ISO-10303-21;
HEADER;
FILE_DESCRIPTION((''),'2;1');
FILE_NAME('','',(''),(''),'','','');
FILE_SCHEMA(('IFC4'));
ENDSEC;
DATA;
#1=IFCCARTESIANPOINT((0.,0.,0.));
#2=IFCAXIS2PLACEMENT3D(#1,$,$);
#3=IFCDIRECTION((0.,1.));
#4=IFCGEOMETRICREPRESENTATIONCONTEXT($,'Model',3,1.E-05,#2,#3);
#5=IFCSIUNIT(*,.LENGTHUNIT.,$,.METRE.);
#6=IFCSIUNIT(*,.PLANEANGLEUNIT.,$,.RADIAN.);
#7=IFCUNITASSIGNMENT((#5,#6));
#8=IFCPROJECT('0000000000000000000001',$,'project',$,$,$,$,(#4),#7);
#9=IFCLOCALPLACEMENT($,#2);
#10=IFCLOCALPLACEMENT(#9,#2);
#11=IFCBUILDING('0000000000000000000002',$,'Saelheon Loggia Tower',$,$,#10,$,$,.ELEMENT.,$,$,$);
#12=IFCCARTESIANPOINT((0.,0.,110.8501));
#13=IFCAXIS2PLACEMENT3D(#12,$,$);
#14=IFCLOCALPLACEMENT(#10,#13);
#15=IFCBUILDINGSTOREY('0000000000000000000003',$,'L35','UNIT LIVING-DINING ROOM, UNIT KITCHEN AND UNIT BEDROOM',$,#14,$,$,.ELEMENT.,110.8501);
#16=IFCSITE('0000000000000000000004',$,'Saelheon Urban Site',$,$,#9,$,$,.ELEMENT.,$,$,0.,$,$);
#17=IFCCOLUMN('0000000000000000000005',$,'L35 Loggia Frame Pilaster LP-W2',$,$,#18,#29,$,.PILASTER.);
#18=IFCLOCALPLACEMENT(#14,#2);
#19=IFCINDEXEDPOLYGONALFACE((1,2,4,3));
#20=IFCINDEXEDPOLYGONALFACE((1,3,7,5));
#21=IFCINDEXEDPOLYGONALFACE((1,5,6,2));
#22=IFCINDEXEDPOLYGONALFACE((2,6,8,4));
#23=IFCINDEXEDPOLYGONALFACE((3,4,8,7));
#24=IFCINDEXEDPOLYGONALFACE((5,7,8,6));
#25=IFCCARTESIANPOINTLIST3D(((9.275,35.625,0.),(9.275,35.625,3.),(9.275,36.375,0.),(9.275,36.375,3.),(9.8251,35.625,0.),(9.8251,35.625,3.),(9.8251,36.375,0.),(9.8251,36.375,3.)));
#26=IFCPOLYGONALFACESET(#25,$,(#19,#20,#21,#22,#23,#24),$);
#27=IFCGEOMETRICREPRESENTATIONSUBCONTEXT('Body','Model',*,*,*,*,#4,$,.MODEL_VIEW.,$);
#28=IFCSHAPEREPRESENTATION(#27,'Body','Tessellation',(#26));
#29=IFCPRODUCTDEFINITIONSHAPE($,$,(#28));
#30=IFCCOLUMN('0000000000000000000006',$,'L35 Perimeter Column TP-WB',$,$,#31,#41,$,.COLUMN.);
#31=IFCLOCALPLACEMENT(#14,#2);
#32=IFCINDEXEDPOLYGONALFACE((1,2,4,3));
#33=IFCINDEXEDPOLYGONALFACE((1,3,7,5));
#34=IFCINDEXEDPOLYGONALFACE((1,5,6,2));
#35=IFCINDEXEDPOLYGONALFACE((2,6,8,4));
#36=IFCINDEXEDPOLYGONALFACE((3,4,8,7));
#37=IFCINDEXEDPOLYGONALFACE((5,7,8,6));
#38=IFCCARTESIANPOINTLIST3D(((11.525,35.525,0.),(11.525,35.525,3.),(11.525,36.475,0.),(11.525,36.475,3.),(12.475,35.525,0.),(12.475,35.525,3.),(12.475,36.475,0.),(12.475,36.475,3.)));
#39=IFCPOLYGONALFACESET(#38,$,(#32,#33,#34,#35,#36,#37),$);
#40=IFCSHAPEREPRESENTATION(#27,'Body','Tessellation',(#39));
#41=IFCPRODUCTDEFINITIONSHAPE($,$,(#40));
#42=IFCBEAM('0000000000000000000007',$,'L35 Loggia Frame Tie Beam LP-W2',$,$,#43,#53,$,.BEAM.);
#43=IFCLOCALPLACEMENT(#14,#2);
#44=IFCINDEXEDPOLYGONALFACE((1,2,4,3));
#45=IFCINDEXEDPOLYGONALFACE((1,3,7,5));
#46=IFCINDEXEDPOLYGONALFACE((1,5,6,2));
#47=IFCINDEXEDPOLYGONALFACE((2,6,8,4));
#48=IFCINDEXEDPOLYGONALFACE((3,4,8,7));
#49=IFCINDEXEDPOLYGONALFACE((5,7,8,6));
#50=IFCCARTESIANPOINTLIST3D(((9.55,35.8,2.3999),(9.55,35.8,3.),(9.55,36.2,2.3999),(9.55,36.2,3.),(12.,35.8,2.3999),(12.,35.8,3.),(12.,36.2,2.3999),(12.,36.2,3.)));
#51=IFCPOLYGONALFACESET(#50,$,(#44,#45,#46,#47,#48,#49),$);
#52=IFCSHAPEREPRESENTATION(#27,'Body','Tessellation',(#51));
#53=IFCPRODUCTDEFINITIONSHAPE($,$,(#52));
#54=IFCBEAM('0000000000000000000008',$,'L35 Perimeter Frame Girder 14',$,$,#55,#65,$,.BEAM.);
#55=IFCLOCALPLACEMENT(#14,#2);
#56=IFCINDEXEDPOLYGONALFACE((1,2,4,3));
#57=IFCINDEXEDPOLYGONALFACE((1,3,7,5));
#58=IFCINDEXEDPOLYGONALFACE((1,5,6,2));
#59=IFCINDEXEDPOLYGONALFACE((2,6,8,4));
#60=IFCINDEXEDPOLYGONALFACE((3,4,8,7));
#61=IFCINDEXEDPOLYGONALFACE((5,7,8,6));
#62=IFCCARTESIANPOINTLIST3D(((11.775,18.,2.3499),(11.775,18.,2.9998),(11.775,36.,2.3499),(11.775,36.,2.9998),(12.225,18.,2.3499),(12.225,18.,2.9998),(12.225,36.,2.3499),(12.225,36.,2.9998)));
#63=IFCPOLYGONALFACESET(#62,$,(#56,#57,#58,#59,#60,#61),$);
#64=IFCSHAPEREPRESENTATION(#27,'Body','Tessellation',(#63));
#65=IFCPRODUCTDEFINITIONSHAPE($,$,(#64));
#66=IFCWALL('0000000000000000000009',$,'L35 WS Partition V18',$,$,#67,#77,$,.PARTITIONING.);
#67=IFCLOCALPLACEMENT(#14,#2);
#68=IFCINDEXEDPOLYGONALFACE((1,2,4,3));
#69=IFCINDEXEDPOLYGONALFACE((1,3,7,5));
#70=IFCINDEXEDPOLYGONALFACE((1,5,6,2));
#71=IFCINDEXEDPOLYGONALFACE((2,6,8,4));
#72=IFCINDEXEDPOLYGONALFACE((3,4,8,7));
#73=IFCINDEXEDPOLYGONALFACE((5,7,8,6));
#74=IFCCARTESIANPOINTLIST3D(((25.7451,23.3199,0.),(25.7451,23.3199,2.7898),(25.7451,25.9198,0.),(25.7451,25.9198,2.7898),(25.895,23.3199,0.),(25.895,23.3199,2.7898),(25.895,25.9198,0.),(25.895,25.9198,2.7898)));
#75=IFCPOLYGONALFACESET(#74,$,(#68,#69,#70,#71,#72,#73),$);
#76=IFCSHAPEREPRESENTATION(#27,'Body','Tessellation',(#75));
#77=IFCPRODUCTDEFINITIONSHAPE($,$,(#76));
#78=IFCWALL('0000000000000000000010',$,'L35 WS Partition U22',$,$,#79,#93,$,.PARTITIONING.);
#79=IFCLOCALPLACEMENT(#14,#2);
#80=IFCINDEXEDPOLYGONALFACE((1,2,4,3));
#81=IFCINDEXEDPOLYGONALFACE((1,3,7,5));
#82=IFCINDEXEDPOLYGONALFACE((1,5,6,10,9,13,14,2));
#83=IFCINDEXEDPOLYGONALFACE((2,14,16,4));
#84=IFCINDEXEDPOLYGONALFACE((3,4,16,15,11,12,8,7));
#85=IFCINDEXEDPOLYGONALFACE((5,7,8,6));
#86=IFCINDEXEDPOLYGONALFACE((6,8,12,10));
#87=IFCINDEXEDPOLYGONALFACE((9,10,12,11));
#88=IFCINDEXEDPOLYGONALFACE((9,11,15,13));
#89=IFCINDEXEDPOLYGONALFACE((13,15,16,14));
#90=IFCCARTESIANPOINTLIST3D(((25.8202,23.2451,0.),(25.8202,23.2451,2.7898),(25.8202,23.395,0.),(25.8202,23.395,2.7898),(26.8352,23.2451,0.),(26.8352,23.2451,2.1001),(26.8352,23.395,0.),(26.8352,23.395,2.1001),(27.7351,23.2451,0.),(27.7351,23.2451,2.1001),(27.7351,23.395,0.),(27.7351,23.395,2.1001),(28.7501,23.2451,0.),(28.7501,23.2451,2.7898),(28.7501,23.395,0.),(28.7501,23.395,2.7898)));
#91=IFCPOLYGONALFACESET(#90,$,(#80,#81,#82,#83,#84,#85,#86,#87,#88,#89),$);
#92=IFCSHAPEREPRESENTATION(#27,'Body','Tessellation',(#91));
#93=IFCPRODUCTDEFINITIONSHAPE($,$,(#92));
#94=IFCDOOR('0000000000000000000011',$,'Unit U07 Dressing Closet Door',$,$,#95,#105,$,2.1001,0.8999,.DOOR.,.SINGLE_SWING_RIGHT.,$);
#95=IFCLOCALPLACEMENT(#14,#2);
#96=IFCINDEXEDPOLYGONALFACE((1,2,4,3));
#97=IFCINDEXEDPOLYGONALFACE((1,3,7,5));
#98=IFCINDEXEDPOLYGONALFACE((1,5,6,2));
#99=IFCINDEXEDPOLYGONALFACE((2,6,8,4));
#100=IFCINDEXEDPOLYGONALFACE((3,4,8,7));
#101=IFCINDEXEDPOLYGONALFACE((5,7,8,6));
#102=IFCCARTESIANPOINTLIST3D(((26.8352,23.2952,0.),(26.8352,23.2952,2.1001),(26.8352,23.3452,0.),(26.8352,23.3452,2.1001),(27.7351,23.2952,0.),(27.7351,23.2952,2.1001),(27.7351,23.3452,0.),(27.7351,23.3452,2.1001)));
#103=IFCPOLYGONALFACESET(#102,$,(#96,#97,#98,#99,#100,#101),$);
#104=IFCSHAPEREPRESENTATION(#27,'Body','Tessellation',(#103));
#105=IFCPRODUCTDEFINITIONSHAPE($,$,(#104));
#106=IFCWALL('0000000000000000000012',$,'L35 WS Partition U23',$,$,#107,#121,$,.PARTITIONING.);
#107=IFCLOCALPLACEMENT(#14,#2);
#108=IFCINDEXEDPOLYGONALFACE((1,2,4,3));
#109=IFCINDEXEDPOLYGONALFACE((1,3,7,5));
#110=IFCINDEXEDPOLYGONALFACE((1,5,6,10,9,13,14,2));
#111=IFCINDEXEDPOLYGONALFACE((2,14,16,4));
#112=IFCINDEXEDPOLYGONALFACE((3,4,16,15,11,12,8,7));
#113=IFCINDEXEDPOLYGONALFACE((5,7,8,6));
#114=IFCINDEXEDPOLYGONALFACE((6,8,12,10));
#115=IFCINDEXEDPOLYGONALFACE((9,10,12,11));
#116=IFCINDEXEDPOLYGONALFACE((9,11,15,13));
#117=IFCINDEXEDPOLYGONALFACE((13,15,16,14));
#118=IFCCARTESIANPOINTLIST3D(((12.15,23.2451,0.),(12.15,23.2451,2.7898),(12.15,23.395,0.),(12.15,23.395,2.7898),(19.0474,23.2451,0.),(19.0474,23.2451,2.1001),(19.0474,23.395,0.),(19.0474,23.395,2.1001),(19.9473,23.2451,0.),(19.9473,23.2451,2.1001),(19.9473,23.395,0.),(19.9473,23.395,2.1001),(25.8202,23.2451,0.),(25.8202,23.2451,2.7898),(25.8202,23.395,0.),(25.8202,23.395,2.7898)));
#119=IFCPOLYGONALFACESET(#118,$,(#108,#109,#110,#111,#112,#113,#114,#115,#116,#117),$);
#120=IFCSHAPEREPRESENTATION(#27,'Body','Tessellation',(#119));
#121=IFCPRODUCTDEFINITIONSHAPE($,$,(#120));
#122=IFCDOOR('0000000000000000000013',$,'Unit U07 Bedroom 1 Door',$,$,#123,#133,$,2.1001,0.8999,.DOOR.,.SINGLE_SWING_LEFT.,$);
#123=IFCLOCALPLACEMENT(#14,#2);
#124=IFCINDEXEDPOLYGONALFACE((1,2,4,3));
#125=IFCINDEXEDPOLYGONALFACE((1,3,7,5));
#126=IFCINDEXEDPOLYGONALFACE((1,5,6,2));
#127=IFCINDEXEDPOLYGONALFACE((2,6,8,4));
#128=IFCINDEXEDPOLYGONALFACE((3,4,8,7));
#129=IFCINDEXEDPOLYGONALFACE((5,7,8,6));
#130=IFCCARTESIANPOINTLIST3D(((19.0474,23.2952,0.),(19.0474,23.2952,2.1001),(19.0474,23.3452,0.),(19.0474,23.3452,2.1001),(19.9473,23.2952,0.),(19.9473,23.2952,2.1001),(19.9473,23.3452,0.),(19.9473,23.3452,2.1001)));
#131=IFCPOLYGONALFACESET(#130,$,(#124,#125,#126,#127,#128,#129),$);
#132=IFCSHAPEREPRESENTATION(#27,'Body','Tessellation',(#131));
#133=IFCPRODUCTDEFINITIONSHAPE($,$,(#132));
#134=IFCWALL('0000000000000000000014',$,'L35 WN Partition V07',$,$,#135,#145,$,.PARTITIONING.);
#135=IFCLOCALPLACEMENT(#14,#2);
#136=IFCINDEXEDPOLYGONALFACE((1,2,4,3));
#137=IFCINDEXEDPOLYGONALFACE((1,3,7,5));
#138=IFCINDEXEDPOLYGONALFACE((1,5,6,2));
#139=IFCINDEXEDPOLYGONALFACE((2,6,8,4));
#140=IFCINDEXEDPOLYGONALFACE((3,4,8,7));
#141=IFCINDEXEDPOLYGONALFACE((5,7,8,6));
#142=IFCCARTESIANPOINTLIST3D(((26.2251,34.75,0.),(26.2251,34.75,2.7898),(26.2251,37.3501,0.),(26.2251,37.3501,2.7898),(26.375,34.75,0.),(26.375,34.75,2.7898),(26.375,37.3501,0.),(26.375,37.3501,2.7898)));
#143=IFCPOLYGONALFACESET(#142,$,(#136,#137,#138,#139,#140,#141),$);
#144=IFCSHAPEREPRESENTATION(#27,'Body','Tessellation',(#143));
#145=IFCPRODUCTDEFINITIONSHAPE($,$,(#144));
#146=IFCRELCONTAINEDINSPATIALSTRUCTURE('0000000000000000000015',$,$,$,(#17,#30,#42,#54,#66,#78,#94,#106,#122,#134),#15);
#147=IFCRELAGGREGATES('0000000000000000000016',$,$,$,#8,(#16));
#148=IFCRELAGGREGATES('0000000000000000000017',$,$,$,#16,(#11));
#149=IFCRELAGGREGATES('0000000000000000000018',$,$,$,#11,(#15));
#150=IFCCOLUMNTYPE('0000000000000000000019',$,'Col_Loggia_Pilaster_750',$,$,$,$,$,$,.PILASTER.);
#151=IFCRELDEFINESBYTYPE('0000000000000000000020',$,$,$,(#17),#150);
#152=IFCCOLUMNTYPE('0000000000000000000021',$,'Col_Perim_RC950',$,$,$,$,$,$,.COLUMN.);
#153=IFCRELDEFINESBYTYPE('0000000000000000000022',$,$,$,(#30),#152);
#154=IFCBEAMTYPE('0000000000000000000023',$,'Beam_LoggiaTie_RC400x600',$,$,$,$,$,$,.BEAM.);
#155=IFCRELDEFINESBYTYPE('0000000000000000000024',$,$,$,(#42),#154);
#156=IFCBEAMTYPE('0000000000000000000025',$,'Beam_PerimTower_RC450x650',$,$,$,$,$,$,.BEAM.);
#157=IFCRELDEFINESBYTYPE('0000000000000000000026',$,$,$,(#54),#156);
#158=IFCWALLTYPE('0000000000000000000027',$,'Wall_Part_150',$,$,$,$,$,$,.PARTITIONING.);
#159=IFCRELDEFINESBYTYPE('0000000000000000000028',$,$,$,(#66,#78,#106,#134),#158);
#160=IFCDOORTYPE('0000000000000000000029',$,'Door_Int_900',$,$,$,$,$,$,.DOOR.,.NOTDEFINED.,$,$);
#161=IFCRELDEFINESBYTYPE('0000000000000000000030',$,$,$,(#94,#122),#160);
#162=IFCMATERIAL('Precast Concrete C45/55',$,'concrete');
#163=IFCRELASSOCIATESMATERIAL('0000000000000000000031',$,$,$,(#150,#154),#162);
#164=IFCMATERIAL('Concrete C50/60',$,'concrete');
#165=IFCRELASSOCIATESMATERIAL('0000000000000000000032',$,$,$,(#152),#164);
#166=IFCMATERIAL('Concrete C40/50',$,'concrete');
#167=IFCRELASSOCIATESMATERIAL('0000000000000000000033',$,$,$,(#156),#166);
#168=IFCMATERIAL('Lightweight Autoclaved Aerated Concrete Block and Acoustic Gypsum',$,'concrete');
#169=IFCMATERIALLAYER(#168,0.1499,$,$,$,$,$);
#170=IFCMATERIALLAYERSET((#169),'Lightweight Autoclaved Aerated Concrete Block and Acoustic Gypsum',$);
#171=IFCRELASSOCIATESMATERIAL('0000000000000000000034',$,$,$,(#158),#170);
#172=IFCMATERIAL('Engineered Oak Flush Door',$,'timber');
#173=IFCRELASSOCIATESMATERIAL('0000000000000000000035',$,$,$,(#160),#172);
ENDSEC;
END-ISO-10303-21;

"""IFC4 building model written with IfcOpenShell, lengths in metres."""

from ifc_helpers import new_model, si_unit, direction, frame, frame_2d, origin, origin_2d, place, context, subcontext, project, spatial, rectangle, extrude, source, transform, mapped, material, layer, layer_set, material_profile, profile_set, type_object, element, fill, save


model = new_model("IFC4")

# Units and contexts
model_context = context("Model", 3, precision=1e-05, world=origin(), true_north=direction((0.0, 1.0)))
body_context = subcontext(model_context, "Body", "Model", "MODEL_VIEW")
ifc_project = project(units=[si_unit("LENGTHUNIT", "METRE"), si_unit("PLANEANGLEUNIT", "RADIAN")], contexts=[model_context])

# Site, building, storey
site_placement = place(None, origin())
site = spatial("IfcSite", under=ifc_project, at=site_placement, Name="Saelheon Urban Site", CompositionType="ELEMENT", RefElevation=0.0)
building_placement = place(site_placement, origin())
building = spatial("IfcBuilding", under=site, at=building_placement, Name="Saelheon Loggia Tower", CompositionType="ELEMENT")
storey_placement = place(building_placement, frame((0.0, 0.0, 110.8501)))
storey = spatial("IfcBuildingStorey", under=building, at=storey_placement, Name="L35", Description="UNIT LIVING-DINING ROOM, UNIT KITCHEN AND UNIT BEDROOM", CompositionType="ELEMENT", Elevation=110.8501)

# Columns
ifc_material_1 = material(Name="Precast Concrete C45/55", Category="concrete")
ifc_material_profile_1 = material_profile(ifc_material_1, rectangle(XDim=0.55, YDim=0.75, at=origin_2d()), Name="RC-550x750")
ifc_profile_set_1 = profile_set([ifc_material_profile_1], Name="Precast Concrete C45/55")
column_type_1 = type_object("IfcColumnType", Name="Col_Loggia_Pilaster_750", PredefinedType="PILASTER", material=ifc_profile_set_1)
shared_shape_1 = source(origin(), body_context, "Body", "SweptSolid", [
    extrude(rectangle(XDim=0.55, YDim=0.75, at=origin_2d()), origin(), (0.0, 0.0, 1.0), 3.0),
])
column_1_placement = place(storey_placement, frame((9.55, 36.0, 0.0), z_axis=(0.0, 0.0, 1.0), x_axis=(1.0, 0.0, 0.0)))
element("IfcColumn", 1, at=column_1_placement, inside=storey, type_object=column_type_1, Name="L35 Loggia Frame Pilaster LP-W2", PredefinedType="PILASTER", context=body_context, shape_type="MappedRepresentation", body=[
    mapped(shared_shape_1, transform((0.0, 0.0, 0.0), scale=1.0)),
])
ifc_material_2 = material(Name="Concrete C50/60", Category="concrete")
ifc_material_profile_2 = material_profile(ifc_material_2, rectangle(XDim=0.95, YDim=0.95, at=origin_2d()), Name="RC-950x950")
ifc_profile_set_2 = profile_set([ifc_material_profile_2], Name="Concrete C50/60")
column_type_2 = type_object("IfcColumnType", Name="Col_Perim_RC950", PredefinedType="COLUMN", material=ifc_profile_set_2)
shared_shape_2 = source(origin(), body_context, "Body", "SweptSolid", [
    extrude(rectangle(XDim=0.95, YDim=0.95, at=origin_2d()), origin(), (0.0, 0.0, 1.0), 3.0),
])
column_2_placement = place(storey_placement, frame((12.0, 36.0, 0.0), z_axis=(0.0, 0.0, 1.0), x_axis=(1.0, 0.0, 0.0)))
element("IfcColumn", 2, at=column_2_placement, inside=storey, type_object=column_type_2, Name="L35 Perimeter Column TP-WB", PredefinedType="COLUMN", context=body_context, shape_type="MappedRepresentation", body=[
    mapped(shared_shape_2, transform((0.0, 0.0, 0.0), scale=1.0)),
])

# Beams
ifc_material_profile_3 = material_profile(ifc_material_1, rectangle(XDim=0.3999, YDim=0.6001, at=origin_2d()), Name="RC-400x600")
ifc_profile_set_3 = profile_set([ifc_material_profile_3], Name="Precast Concrete C45/55")
beam_type_1 = type_object("IfcBeamType", Name="Beam_LoggiaTie_RC400x600", PredefinedType="BEAM", material=ifc_profile_set_3)
shared_shape_3 = source(origin(), body_context, "Body", "SweptSolid", [
    extrude(rectangle(XDim=0.3999, YDim=0.6001, at=origin_2d()), origin(), (0.0, 0.0, 1.0), 2.45),
])
beam_1_placement = place(storey_placement, frame((12.0, 36.0, 2.7), z_axis=(-1.0, 0.0, 0.0), x_axis=(0.0, -1.0, 0.0)))
element("IfcBeam", 3, at=beam_1_placement, inside=storey, type_object=beam_type_1, Name="L35 Loggia Frame Tie Beam LP-W2", PredefinedType="BEAM", context=body_context, shape_type="MappedRepresentation", body=[
    mapped(shared_shape_3, transform((0.0, 0.0, 0.0), scale=1.0)),
])
ifc_material_3 = material(Name="Concrete C40/50", Category="concrete")
ifc_material_profile_4 = material_profile(ifc_material_3, rectangle(XDim=0.45, YDim=0.6499, at=origin_2d()), Name="RC-450x650")
ifc_profile_set_4 = profile_set([ifc_material_profile_4], Name="Concrete C40/50")
beam_type_2 = type_object("IfcBeamType", Name="Beam_PerimTower_RC450x650", PredefinedType="BEAM", material=ifc_profile_set_4)
shared_shape_4 = source(origin(), body_context, "Body", "SweptSolid", [
    extrude(rectangle(XDim=0.45, YDim=0.6499, at=origin_2d()), origin(), (0.0, 0.0, 1.0), 18.0),
])
beam_2_placement = place(storey_placement, frame((12.0, 36.0, 2.6748), z_axis=(0.0, -1.0, 0.0), x_axis=(1.0, 0.0, 0.0)))
element("IfcBeam", 4, at=beam_2_placement, inside=storey, type_object=beam_type_2, Name="L35 Perimeter Frame Girder 14", PredefinedType="BEAM", context=body_context, shape_type="MappedRepresentation", body=[
    mapped(shared_shape_4, transform((0.0, 0.0, 0.0), scale=1.0)),
])

# Wall
ifc_material_4 = material(Name="Lightweight Autoclaved Aerated Concrete Block and Acoustic Gypsum", Category="concrete")
ifc_layer_1 = layer(ifc_material_4, 0.1499)
ifc_layer_set_1 = layer_set([ifc_layer_1], Name="Lightweight Autoclaved Aerated Concrete Block and Acoustic Gypsum")
wall_type_1 = type_object("IfcWallType", Name="Wall_Part_150", PredefinedType="PARTITIONING", material=ifc_layer_set_1)
wall_1_placement = place(storey_placement, frame((25.8201, 23.3201, 0.0), z_axis=(0.0, 0.0, 1.0), x_axis=(0.0, 1.0, 0.0)))
element("IfcWall", 5, at=wall_1_placement, inside=storey, type_object=wall_type_1, Name="L35 WS Partition V18", PredefinedType="PARTITIONING", context=body_context, shape_type="SweptSolid", body=[
    extrude(rectangle(XDim=2.5999, YDim=0.1499, at=frame_2d((1.2998, 0.0))), origin(), (0.0, 0.0, 1.0), 2.7898),
])

# Walls, openings, doors
wall_2_placement = place(storey_placement, frame((28.75, 23.3201, 0.0), z_axis=(0.0, 0.0, 1.0), x_axis=(-1.0, 0.0, 0.0)))
wall_2 = element("IfcWall", 6, at=wall_2_placement, inside=storey, type_object=wall_type_1, Name="L35 WS Partition U22", PredefinedType="PARTITIONING", context=body_context, shape_type="SweptSolid", body=[
    extrude(rectangle(XDim=2.9299, YDim=0.1499, at=frame_2d((1.4648, 0.0))), origin(), (0.0, 0.0, 1.0), 2.7898),
])
opening_1_placement = place(wall_2_placement, frame((1.0149, 0.0, 0.0)))
opening_1 = element("IfcOpeningElement", 7, at=opening_1_placement, cuts=wall_2, PredefinedType="OPENING", context=body_context, shape_type="SweptSolid", body=[
    extrude(rectangle(XDim=0.8999, YDim=2.1001, at=frame_2d((0.45, 1.05))), frame((0.0, 0.0869, 0.0), z_axis=(0.0, -1.0, 0.0), x_axis=(1.0, 0.0, 0.0)), (0.0, 0.0, 1.0), 0.1738),
])
ifc_material_5 = material(Name="Engineered Oak Flush Door", Category="timber")
door_type_1 = type_object("IfcDoorType", Name="Door_Int_900", OperationType="NOTDEFINED", PredefinedType="DOOR", material=ifc_material_5)
shared_shape_5 = source(origin(), body_context, "Body", "SweptSolid", [
    extrude(rectangle(XDim=0.8999, YDim=2.1001, at=frame_2d((0.45, 1.05))), frame((0.0, 0.0249, 0.0), z_axis=(0.0, -1.0, 0.0), x_axis=(1.0, 0.0, 0.0)), (0.0, 0.0, 1.0), 0.05),
])
door_1_placement = place(opening_1_placement, origin())
door_1 = element("IfcDoor", 8, at=door_1_placement, inside=storey, type_object=door_type_1, Name="Unit U07 Dressing Closet Door", OperationType="SINGLE_SWING_RIGHT", OverallHeight=2.1001, OverallWidth=0.8999, PredefinedType="DOOR", context=body_context, shape_type="MappedRepresentation", body=[
    mapped(shared_shape_5, transform((0.0, 0.0, 0.0), scale=1.0)),
])
fill(opening_1, door_1)
wall_3_placement = place(storey_placement, frame((25.8201, 23.3201, 0.0), z_axis=(0.0, 0.0, 1.0), x_axis=(-1.0, 0.0, 0.0)))
wall_3 = element("IfcWall", 9, at=wall_3_placement, inside=storey, type_object=wall_type_1, Name="L35 WS Partition U23", PredefinedType="PARTITIONING", context=body_context, shape_type="SweptSolid", body=[
    extrude(rectangle(XDim=13.6702, YDim=0.1499, at=frame_2d((6.835, 0.0))), origin(), (0.0, 0.0, 1.0), 2.7898),
])
opening_2_placement = place(wall_3_placement, frame((5.8728, 0.0, 0.0)))
opening_2 = element("IfcOpeningElement", 10, at=opening_2_placement, cuts=wall_3, PredefinedType="OPENING", context=body_context, shape_type="SweptSolid", body=[
    extrude(rectangle(XDim=0.8999, YDim=2.1001, at=frame_2d((0.45, 1.05))), frame((0.0, 0.0869, 0.0), z_axis=(0.0, -1.0, 0.0), x_axis=(1.0, 0.0, 0.0)), (0.0, 0.0, 1.0), 0.1738),
])
door_2_placement = place(opening_2_placement, origin())
door_2 = element("IfcDoor", 11, at=door_2_placement, inside=storey, type_object=door_type_1, Name="Unit U07 Bedroom 1 Door", OperationType="SINGLE_SWING_LEFT", OverallHeight=2.1001, OverallWidth=0.8999, PredefinedType="DOOR", context=body_context, shape_type="MappedRepresentation", body=[
    mapped(shared_shape_5, transform((0.0, 0.0, 0.0), scale=1.0)),
])
fill(opening_2, door_2)

# Wall
wall_4_placement = place(storey_placement, frame((26.3, 34.75, 0.0), z_axis=(0.0, 0.0, 1.0), x_axis=(0.0, 1.0, 0.0)))
element("IfcWall", 12, at=wall_4_placement, inside=storey, type_object=wall_type_1, Name="L35 WN Partition V07", PredefinedType="PARTITIONING", context=body_context, shape_type="SweptSolid", body=[
    extrude(rectangle(XDim=2.6001, YDim=0.1499, at=frame_2d((1.3, 0.0))), origin(), (0.0, 0.0, 1.0), 2.7898),
])

save(model, "model.ifc")
